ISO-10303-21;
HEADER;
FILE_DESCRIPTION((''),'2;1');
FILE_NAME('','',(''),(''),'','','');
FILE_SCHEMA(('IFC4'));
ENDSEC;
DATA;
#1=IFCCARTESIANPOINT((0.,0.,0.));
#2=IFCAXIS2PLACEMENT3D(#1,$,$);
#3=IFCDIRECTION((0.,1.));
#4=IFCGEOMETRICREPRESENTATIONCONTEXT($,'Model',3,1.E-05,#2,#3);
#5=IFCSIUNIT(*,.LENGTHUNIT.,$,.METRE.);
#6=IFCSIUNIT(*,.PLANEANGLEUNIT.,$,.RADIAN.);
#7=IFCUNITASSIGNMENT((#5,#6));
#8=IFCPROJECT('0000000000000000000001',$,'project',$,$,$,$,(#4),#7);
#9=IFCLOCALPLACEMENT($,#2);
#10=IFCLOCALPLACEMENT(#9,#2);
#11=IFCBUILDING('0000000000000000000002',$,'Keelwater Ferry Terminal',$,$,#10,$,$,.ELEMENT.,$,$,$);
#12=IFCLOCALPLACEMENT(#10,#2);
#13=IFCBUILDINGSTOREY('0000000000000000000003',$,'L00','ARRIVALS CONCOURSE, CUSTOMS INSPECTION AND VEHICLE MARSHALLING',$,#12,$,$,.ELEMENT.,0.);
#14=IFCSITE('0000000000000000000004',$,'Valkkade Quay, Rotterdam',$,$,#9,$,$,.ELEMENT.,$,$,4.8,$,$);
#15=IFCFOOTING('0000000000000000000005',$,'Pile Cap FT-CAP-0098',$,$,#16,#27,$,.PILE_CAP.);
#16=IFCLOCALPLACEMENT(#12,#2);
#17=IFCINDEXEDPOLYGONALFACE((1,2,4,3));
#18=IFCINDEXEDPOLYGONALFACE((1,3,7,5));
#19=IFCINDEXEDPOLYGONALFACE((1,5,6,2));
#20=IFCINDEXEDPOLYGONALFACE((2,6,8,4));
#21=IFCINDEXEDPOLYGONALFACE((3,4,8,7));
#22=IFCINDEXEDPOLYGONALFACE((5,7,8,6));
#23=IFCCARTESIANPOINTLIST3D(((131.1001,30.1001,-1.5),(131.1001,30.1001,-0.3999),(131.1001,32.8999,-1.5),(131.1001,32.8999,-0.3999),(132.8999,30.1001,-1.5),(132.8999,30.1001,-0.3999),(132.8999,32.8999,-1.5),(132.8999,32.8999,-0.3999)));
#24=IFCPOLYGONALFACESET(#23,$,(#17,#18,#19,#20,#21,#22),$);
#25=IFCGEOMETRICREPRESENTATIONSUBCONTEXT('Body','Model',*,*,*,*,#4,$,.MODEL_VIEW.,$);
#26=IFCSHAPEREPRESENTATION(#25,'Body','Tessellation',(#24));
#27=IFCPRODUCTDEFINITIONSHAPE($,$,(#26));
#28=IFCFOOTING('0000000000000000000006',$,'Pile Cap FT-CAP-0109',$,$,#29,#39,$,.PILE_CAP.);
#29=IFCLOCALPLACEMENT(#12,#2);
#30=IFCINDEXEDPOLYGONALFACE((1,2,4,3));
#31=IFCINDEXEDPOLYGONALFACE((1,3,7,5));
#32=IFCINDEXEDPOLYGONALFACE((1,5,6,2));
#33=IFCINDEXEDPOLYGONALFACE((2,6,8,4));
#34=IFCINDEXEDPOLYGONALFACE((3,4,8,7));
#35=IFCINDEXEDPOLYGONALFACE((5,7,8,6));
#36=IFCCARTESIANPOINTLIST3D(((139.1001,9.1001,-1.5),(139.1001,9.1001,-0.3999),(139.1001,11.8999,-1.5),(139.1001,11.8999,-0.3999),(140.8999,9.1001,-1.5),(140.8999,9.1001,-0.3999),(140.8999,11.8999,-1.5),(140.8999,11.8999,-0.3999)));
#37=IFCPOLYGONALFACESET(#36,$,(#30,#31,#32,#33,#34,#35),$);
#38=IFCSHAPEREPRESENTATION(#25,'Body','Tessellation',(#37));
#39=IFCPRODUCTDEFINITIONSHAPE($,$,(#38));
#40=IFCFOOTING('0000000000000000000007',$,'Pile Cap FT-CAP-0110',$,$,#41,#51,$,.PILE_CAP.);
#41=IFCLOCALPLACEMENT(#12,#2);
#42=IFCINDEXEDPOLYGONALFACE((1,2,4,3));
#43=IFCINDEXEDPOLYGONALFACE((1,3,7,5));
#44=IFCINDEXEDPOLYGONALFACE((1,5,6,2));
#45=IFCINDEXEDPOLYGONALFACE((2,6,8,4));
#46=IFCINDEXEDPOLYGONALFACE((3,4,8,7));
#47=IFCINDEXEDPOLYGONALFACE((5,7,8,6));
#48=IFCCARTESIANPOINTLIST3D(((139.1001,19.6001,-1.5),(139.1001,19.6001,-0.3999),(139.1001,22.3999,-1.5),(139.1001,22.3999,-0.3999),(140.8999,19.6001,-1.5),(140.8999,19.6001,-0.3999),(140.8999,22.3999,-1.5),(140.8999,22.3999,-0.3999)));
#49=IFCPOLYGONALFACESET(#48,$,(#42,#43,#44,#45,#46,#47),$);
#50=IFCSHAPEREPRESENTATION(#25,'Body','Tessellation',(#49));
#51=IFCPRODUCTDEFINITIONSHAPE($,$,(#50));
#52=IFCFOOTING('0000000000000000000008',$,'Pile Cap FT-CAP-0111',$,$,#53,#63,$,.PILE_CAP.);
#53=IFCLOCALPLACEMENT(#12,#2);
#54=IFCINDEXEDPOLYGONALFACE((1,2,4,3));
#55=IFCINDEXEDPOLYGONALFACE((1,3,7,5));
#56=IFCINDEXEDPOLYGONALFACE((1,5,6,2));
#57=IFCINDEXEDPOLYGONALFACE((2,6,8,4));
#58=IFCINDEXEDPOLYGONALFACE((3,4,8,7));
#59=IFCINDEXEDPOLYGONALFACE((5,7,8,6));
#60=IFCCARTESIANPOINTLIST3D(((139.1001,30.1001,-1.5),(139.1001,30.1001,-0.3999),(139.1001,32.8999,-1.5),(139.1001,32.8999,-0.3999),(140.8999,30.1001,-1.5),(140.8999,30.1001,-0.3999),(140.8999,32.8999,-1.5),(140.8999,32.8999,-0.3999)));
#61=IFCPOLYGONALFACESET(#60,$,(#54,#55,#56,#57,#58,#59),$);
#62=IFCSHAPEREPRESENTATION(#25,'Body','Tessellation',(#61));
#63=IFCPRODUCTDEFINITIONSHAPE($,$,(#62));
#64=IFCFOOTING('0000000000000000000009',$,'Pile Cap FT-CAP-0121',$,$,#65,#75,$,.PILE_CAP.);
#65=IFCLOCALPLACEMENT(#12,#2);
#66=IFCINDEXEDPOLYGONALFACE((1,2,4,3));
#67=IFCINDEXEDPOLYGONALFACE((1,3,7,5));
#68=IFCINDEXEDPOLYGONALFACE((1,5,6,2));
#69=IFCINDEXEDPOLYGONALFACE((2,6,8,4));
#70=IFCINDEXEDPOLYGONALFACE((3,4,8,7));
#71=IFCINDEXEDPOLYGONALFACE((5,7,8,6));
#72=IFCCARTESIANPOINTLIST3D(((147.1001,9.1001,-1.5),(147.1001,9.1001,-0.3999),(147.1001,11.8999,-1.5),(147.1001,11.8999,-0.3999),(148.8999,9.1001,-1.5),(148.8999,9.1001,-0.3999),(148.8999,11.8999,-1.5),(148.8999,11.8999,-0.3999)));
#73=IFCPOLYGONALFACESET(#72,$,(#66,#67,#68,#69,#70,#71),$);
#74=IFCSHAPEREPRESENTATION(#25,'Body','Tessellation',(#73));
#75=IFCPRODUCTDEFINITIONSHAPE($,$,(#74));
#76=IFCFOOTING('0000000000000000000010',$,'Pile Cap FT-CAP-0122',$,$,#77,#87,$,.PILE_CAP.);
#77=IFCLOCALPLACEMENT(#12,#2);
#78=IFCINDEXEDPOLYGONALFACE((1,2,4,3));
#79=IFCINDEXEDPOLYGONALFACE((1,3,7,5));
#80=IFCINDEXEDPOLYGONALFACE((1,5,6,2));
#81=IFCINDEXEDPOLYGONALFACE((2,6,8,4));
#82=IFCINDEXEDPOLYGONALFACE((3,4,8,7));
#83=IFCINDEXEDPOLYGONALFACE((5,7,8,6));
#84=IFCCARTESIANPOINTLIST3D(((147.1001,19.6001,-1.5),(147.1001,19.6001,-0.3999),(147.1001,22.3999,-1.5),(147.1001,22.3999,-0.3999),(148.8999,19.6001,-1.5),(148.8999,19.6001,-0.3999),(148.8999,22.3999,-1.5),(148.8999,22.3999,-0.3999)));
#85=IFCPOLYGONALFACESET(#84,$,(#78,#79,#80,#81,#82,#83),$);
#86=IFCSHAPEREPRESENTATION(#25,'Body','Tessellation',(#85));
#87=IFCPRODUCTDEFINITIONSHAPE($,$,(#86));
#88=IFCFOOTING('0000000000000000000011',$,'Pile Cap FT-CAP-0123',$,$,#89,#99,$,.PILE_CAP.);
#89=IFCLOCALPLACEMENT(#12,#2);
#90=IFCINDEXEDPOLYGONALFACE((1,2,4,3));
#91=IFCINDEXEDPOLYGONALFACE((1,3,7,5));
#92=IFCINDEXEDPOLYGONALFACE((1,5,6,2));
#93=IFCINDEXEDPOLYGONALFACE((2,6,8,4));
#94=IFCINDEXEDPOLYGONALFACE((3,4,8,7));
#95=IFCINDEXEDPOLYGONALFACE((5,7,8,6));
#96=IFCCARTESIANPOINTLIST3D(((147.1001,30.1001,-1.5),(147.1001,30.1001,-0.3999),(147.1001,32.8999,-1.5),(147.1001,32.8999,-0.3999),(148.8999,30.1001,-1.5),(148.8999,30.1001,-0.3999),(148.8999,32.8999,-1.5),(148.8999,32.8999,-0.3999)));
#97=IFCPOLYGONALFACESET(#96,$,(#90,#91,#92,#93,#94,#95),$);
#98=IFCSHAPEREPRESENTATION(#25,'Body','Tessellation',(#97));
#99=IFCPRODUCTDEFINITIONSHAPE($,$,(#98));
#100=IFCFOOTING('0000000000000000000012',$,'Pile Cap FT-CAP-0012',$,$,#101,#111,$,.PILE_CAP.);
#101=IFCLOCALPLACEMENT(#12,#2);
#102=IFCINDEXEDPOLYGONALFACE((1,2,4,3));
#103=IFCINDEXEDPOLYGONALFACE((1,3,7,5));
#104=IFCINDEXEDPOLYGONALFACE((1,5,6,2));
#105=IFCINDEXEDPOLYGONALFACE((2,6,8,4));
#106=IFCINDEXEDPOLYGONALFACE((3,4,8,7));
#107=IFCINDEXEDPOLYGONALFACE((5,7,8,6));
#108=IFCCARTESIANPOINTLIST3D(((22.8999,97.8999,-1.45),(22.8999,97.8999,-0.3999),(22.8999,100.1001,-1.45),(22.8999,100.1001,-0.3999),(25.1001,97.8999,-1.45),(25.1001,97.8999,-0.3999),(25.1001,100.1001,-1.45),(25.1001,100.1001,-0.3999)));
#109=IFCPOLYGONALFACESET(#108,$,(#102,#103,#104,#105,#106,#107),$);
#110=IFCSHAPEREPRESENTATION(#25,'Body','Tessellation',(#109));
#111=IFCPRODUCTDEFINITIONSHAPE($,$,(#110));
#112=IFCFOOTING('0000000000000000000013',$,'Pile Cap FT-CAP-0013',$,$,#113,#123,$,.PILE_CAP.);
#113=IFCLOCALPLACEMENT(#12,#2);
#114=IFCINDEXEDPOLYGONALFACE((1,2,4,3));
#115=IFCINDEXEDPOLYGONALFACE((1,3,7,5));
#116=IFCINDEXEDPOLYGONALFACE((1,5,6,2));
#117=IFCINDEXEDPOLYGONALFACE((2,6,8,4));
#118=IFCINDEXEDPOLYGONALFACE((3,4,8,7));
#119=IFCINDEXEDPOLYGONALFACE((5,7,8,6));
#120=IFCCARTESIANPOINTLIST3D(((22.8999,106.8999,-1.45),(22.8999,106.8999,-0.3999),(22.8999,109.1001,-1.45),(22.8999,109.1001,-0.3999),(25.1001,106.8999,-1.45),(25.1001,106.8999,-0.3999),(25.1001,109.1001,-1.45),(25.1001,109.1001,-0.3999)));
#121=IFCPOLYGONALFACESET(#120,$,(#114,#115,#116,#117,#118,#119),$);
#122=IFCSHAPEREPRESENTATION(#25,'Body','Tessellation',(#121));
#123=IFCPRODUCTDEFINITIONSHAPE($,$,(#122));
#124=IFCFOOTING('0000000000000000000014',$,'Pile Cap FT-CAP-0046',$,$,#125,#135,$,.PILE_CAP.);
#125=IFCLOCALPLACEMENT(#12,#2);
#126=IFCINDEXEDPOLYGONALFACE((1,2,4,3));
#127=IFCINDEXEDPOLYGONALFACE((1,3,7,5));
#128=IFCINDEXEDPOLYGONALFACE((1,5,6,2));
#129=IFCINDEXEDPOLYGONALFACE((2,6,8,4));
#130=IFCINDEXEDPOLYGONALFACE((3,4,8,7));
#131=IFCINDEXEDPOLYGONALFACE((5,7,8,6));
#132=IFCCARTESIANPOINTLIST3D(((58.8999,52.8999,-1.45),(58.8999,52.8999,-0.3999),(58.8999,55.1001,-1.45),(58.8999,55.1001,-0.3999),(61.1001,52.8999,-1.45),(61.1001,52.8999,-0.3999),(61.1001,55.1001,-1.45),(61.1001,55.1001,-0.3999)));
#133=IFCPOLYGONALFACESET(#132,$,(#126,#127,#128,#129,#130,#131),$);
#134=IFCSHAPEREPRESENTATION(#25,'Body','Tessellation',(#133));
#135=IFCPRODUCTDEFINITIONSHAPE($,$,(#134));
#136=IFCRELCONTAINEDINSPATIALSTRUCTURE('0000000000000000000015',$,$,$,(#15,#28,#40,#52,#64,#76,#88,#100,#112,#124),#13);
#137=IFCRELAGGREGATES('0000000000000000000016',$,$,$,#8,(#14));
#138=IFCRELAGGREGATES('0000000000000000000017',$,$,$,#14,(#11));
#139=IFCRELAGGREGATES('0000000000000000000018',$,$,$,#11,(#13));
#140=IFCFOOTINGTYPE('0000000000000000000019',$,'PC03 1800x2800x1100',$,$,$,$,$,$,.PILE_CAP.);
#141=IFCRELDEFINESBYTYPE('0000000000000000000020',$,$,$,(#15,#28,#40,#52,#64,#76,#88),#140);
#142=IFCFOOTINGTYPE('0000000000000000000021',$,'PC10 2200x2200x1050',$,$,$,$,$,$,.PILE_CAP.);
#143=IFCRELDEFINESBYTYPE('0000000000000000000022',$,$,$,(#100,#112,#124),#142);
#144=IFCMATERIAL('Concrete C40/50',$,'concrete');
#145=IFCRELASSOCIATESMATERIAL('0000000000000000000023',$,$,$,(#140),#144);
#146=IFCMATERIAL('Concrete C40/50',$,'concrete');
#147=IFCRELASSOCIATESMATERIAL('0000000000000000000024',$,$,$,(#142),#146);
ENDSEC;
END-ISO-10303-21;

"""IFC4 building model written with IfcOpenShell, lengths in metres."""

from ifc_helpers import new_model, si_unit, direction, frame, origin, place, context, subcontext, project, spatial, polyline, outline, extrude, material, type_object, element, save


model = new_model("IFC4")

# Units and contexts
model_context = context("Model", 3, precision=1e-05, world=origin(), true_north=direction((0.0, 1.0)))
body_context = subcontext(model_context, "Body", "Model", "MODEL_VIEW")
ifc_project = project(units=[si_unit("LENGTHUNIT", "METRE"), si_unit("PLANEANGLEUNIT", "RADIAN")], contexts=[model_context])

# Site, building, storey
site_placement = place(None, origin())
site = spatial("IfcSite", under=ifc_project, at=site_placement, Name="Valkkade Quay, Rotterdam", CompositionType="ELEMENT", RefElevation=4.8)
building_placement = place(site_placement, origin())
building = spatial("IfcBuilding", under=site, at=building_placement, Name="Keelwater Ferry Terminal", CompositionType="ELEMENT")
storey_placement = place(building_placement, origin())
storey = spatial("IfcBuildingStorey", under=building, at=storey_placement, Name="L00", Description="ARRIVALS CONCOURSE, CUSTOMS INSPECTION AND VEHICLE MARSHALLING", CompositionType="ELEMENT", Elevation=0.0)

# Footings
ifc_material_1 = material(Name="Concrete C40/50", Category="concrete")
footing_type_1 = type_object("IfcFootingType", Name="PC03 1800x2800x1100", PredefinedType="PILE_CAP", material=ifc_material_1)
footing_1_placement = place(storey_placement, frame((0.0, 0.0, -1.5)))
element("IfcFooting", 1, at=footing_1_placement, inside=storey, type_object=footing_type_1, Name="Pile Cap FT-CAP-0098", PredefinedType="PILE_CAP", context=body_context, shape_type="SweptSolid", body=[
    extrude(outline(polyline([(131.1001, 30.1001), (132.8999, 30.1001), (132.8999, 32.8999), (131.1001, 32.8999), (131.1001, 30.1001)])), origin(), (0.0, 0.0, 1.0), 1.1001),
])
footing_2_placement = place(storey_placement, frame((0.0, 0.0, -1.5)))
element("IfcFooting", 2, at=footing_2_placement, inside=storey, type_object=footing_type_1, Name="Pile Cap FT-CAP-0109", PredefinedType="PILE_CAP", context=body_context, shape_type="SweptSolid", body=[
    extrude(outline(polyline([(139.1001, 9.1001), (140.8999, 9.1001), (140.8999, 11.8999), (139.1001, 11.8999), (139.1001, 9.1001)])), origin(), (0.0, 0.0, 1.0), 1.1001),
])
footing_3_placement = place(storey_placement, frame((0.0, 0.0, -1.5)))
element("IfcFooting", 3, at=footing_3_placement, inside=storey, type_object=footing_type_1, Name="Pile Cap FT-CAP-0110", PredefinedType="PILE_CAP", context=body_context, shape_type="SweptSolid", body=[
    extrude(outline(polyline([(139.1001, 19.6001), (140.8999, 19.6001), (140.8999, 22.3999), (139.1001, 22.3999), (139.1001, 19.6001)])), origin(), (0.0, 0.0, 1.0), 1.1001),
])
footing_4_placement = place(storey_placement, frame((0.0, 0.0, -1.5)))
element("IfcFooting", 4, at=footing_4_placement, inside=storey, type_object=footing_type_1, Name="Pile Cap FT-CAP-0111", PredefinedType="PILE_CAP", context=body_context, shape_type="SweptSolid", body=[
    extrude(outline(polyline([(139.1001, 30.1001), (140.8999, 30.1001), (140.8999, 32.8999), (139.1001, 32.8999), (139.1001, 30.1001)])), origin(), (0.0, 0.0, 1.0), 1.1001),
])
footing_5_placement = place(storey_placement, frame((0.0, 0.0, -1.5)))
element("IfcFooting", 5, at=footing_5_placement, inside=storey, type_object=footing_type_1, Name="Pile Cap FT-CAP-0121", PredefinedType="PILE_CAP", context=body_context, shape_type="SweptSolid", body=[
    extrude(outline(polyline([(147.1001, 9.1001), (148.8999, 9.1001), (148.8999, 11.8999), (147.1001, 11.8999), (147.1001, 9.1001)])), origin(), (0.0, 0.0, 1.0), 1.1001),
])
footing_6_placement = place(storey_placement, frame((0.0, 0.0, -1.5)))
element("IfcFooting", 6, at=footing_6_placement, inside=storey, type_object=footing_type_1, Name="Pile Cap FT-CAP-0122", PredefinedType="PILE_CAP", context=body_context, shape_type="SweptSolid", body=[
    extrude(outline(polyline([(147.1001, 19.6001), (148.8999, 19.6001), (148.8999, 22.3999), (147.1001, 22.3999), (147.1001, 19.6001)])), origin(), (0.0, 0.0, 1.0), 1.1001),
])
footing_7_placement = place(storey_placement, frame((0.0, 0.0, -1.5)))
element("IfcFooting", 7, at=footing_7_placement, inside=storey, type_object=footing_type_1, Name="Pile Cap FT-CAP-0123", PredefinedType="PILE_CAP", context=body_context, shape_type="SweptSolid", body=[
    extrude(outline(polyline([(147.1001, 30.1001), (148.8999, 30.1001), (148.8999, 32.8999), (147.1001, 32.8999), (147.1001, 30.1001)])), origin(), (0.0, 0.0, 1.0), 1.1001),
])
ifc_material_2 = material(Name="Concrete C40/50", Category="concrete")
footing_type_2 = type_object("IfcFootingType", Name="PC10 2200x2200x1050", PredefinedType="PILE_CAP", material=ifc_material_2)
footing_8_placement = place(storey_placement, frame((0.0, 0.0, -1.45)))
element("IfcFooting", 8, at=footing_8_placement, inside=storey, type_object=footing_type_2, Name="Pile Cap FT-CAP-0012", PredefinedType="PILE_CAP", context=body_context, shape_type="SweptSolid", body=[
    extrude(outline(polyline([(22.8999, 97.8999), (25.1001, 97.8999), (25.1001, 100.1001), (22.8999, 100.1001), (22.8999, 97.8999)])), origin(), (0.0, 0.0, 1.0), 1.05),
])
footing_9_placement = place(storey_placement, frame((0.0, 0.0, -1.45)))
element("IfcFooting", 9, at=footing_9_placement, inside=storey, type_object=footing_type_2, Name="Pile Cap FT-CAP-0013", PredefinedType="PILE_CAP", context=body_context, shape_type="SweptSolid", body=[
    extrude(outline(polyline([(22.8999, 106.8999), (25.1001, 106.8999), (25.1001, 109.1001), (22.8999, 109.1001), (22.8999, 106.8999)])), origin(), (0.0, 0.0, 1.0), 1.05),
])
footing_10_placement = place(storey_placement, frame((0.0, 0.0, -1.45)))
element("IfcFooting", 10, at=footing_10_placement, inside=storey, type_object=footing_type_2, Name="Pile Cap FT-CAP-0046", PredefinedType="PILE_CAP", context=body_context, shape_type="SweptSolid", body=[
    extrude(outline(polyline([(58.8999, 52.8999), (61.1001, 52.8999), (61.1001, 55.1001), (58.8999, 55.1001), (58.8999, 52.8999)])), origin(), (0.0, 0.0, 1.0), 1.05),
])

save(model, "model.ifc")
